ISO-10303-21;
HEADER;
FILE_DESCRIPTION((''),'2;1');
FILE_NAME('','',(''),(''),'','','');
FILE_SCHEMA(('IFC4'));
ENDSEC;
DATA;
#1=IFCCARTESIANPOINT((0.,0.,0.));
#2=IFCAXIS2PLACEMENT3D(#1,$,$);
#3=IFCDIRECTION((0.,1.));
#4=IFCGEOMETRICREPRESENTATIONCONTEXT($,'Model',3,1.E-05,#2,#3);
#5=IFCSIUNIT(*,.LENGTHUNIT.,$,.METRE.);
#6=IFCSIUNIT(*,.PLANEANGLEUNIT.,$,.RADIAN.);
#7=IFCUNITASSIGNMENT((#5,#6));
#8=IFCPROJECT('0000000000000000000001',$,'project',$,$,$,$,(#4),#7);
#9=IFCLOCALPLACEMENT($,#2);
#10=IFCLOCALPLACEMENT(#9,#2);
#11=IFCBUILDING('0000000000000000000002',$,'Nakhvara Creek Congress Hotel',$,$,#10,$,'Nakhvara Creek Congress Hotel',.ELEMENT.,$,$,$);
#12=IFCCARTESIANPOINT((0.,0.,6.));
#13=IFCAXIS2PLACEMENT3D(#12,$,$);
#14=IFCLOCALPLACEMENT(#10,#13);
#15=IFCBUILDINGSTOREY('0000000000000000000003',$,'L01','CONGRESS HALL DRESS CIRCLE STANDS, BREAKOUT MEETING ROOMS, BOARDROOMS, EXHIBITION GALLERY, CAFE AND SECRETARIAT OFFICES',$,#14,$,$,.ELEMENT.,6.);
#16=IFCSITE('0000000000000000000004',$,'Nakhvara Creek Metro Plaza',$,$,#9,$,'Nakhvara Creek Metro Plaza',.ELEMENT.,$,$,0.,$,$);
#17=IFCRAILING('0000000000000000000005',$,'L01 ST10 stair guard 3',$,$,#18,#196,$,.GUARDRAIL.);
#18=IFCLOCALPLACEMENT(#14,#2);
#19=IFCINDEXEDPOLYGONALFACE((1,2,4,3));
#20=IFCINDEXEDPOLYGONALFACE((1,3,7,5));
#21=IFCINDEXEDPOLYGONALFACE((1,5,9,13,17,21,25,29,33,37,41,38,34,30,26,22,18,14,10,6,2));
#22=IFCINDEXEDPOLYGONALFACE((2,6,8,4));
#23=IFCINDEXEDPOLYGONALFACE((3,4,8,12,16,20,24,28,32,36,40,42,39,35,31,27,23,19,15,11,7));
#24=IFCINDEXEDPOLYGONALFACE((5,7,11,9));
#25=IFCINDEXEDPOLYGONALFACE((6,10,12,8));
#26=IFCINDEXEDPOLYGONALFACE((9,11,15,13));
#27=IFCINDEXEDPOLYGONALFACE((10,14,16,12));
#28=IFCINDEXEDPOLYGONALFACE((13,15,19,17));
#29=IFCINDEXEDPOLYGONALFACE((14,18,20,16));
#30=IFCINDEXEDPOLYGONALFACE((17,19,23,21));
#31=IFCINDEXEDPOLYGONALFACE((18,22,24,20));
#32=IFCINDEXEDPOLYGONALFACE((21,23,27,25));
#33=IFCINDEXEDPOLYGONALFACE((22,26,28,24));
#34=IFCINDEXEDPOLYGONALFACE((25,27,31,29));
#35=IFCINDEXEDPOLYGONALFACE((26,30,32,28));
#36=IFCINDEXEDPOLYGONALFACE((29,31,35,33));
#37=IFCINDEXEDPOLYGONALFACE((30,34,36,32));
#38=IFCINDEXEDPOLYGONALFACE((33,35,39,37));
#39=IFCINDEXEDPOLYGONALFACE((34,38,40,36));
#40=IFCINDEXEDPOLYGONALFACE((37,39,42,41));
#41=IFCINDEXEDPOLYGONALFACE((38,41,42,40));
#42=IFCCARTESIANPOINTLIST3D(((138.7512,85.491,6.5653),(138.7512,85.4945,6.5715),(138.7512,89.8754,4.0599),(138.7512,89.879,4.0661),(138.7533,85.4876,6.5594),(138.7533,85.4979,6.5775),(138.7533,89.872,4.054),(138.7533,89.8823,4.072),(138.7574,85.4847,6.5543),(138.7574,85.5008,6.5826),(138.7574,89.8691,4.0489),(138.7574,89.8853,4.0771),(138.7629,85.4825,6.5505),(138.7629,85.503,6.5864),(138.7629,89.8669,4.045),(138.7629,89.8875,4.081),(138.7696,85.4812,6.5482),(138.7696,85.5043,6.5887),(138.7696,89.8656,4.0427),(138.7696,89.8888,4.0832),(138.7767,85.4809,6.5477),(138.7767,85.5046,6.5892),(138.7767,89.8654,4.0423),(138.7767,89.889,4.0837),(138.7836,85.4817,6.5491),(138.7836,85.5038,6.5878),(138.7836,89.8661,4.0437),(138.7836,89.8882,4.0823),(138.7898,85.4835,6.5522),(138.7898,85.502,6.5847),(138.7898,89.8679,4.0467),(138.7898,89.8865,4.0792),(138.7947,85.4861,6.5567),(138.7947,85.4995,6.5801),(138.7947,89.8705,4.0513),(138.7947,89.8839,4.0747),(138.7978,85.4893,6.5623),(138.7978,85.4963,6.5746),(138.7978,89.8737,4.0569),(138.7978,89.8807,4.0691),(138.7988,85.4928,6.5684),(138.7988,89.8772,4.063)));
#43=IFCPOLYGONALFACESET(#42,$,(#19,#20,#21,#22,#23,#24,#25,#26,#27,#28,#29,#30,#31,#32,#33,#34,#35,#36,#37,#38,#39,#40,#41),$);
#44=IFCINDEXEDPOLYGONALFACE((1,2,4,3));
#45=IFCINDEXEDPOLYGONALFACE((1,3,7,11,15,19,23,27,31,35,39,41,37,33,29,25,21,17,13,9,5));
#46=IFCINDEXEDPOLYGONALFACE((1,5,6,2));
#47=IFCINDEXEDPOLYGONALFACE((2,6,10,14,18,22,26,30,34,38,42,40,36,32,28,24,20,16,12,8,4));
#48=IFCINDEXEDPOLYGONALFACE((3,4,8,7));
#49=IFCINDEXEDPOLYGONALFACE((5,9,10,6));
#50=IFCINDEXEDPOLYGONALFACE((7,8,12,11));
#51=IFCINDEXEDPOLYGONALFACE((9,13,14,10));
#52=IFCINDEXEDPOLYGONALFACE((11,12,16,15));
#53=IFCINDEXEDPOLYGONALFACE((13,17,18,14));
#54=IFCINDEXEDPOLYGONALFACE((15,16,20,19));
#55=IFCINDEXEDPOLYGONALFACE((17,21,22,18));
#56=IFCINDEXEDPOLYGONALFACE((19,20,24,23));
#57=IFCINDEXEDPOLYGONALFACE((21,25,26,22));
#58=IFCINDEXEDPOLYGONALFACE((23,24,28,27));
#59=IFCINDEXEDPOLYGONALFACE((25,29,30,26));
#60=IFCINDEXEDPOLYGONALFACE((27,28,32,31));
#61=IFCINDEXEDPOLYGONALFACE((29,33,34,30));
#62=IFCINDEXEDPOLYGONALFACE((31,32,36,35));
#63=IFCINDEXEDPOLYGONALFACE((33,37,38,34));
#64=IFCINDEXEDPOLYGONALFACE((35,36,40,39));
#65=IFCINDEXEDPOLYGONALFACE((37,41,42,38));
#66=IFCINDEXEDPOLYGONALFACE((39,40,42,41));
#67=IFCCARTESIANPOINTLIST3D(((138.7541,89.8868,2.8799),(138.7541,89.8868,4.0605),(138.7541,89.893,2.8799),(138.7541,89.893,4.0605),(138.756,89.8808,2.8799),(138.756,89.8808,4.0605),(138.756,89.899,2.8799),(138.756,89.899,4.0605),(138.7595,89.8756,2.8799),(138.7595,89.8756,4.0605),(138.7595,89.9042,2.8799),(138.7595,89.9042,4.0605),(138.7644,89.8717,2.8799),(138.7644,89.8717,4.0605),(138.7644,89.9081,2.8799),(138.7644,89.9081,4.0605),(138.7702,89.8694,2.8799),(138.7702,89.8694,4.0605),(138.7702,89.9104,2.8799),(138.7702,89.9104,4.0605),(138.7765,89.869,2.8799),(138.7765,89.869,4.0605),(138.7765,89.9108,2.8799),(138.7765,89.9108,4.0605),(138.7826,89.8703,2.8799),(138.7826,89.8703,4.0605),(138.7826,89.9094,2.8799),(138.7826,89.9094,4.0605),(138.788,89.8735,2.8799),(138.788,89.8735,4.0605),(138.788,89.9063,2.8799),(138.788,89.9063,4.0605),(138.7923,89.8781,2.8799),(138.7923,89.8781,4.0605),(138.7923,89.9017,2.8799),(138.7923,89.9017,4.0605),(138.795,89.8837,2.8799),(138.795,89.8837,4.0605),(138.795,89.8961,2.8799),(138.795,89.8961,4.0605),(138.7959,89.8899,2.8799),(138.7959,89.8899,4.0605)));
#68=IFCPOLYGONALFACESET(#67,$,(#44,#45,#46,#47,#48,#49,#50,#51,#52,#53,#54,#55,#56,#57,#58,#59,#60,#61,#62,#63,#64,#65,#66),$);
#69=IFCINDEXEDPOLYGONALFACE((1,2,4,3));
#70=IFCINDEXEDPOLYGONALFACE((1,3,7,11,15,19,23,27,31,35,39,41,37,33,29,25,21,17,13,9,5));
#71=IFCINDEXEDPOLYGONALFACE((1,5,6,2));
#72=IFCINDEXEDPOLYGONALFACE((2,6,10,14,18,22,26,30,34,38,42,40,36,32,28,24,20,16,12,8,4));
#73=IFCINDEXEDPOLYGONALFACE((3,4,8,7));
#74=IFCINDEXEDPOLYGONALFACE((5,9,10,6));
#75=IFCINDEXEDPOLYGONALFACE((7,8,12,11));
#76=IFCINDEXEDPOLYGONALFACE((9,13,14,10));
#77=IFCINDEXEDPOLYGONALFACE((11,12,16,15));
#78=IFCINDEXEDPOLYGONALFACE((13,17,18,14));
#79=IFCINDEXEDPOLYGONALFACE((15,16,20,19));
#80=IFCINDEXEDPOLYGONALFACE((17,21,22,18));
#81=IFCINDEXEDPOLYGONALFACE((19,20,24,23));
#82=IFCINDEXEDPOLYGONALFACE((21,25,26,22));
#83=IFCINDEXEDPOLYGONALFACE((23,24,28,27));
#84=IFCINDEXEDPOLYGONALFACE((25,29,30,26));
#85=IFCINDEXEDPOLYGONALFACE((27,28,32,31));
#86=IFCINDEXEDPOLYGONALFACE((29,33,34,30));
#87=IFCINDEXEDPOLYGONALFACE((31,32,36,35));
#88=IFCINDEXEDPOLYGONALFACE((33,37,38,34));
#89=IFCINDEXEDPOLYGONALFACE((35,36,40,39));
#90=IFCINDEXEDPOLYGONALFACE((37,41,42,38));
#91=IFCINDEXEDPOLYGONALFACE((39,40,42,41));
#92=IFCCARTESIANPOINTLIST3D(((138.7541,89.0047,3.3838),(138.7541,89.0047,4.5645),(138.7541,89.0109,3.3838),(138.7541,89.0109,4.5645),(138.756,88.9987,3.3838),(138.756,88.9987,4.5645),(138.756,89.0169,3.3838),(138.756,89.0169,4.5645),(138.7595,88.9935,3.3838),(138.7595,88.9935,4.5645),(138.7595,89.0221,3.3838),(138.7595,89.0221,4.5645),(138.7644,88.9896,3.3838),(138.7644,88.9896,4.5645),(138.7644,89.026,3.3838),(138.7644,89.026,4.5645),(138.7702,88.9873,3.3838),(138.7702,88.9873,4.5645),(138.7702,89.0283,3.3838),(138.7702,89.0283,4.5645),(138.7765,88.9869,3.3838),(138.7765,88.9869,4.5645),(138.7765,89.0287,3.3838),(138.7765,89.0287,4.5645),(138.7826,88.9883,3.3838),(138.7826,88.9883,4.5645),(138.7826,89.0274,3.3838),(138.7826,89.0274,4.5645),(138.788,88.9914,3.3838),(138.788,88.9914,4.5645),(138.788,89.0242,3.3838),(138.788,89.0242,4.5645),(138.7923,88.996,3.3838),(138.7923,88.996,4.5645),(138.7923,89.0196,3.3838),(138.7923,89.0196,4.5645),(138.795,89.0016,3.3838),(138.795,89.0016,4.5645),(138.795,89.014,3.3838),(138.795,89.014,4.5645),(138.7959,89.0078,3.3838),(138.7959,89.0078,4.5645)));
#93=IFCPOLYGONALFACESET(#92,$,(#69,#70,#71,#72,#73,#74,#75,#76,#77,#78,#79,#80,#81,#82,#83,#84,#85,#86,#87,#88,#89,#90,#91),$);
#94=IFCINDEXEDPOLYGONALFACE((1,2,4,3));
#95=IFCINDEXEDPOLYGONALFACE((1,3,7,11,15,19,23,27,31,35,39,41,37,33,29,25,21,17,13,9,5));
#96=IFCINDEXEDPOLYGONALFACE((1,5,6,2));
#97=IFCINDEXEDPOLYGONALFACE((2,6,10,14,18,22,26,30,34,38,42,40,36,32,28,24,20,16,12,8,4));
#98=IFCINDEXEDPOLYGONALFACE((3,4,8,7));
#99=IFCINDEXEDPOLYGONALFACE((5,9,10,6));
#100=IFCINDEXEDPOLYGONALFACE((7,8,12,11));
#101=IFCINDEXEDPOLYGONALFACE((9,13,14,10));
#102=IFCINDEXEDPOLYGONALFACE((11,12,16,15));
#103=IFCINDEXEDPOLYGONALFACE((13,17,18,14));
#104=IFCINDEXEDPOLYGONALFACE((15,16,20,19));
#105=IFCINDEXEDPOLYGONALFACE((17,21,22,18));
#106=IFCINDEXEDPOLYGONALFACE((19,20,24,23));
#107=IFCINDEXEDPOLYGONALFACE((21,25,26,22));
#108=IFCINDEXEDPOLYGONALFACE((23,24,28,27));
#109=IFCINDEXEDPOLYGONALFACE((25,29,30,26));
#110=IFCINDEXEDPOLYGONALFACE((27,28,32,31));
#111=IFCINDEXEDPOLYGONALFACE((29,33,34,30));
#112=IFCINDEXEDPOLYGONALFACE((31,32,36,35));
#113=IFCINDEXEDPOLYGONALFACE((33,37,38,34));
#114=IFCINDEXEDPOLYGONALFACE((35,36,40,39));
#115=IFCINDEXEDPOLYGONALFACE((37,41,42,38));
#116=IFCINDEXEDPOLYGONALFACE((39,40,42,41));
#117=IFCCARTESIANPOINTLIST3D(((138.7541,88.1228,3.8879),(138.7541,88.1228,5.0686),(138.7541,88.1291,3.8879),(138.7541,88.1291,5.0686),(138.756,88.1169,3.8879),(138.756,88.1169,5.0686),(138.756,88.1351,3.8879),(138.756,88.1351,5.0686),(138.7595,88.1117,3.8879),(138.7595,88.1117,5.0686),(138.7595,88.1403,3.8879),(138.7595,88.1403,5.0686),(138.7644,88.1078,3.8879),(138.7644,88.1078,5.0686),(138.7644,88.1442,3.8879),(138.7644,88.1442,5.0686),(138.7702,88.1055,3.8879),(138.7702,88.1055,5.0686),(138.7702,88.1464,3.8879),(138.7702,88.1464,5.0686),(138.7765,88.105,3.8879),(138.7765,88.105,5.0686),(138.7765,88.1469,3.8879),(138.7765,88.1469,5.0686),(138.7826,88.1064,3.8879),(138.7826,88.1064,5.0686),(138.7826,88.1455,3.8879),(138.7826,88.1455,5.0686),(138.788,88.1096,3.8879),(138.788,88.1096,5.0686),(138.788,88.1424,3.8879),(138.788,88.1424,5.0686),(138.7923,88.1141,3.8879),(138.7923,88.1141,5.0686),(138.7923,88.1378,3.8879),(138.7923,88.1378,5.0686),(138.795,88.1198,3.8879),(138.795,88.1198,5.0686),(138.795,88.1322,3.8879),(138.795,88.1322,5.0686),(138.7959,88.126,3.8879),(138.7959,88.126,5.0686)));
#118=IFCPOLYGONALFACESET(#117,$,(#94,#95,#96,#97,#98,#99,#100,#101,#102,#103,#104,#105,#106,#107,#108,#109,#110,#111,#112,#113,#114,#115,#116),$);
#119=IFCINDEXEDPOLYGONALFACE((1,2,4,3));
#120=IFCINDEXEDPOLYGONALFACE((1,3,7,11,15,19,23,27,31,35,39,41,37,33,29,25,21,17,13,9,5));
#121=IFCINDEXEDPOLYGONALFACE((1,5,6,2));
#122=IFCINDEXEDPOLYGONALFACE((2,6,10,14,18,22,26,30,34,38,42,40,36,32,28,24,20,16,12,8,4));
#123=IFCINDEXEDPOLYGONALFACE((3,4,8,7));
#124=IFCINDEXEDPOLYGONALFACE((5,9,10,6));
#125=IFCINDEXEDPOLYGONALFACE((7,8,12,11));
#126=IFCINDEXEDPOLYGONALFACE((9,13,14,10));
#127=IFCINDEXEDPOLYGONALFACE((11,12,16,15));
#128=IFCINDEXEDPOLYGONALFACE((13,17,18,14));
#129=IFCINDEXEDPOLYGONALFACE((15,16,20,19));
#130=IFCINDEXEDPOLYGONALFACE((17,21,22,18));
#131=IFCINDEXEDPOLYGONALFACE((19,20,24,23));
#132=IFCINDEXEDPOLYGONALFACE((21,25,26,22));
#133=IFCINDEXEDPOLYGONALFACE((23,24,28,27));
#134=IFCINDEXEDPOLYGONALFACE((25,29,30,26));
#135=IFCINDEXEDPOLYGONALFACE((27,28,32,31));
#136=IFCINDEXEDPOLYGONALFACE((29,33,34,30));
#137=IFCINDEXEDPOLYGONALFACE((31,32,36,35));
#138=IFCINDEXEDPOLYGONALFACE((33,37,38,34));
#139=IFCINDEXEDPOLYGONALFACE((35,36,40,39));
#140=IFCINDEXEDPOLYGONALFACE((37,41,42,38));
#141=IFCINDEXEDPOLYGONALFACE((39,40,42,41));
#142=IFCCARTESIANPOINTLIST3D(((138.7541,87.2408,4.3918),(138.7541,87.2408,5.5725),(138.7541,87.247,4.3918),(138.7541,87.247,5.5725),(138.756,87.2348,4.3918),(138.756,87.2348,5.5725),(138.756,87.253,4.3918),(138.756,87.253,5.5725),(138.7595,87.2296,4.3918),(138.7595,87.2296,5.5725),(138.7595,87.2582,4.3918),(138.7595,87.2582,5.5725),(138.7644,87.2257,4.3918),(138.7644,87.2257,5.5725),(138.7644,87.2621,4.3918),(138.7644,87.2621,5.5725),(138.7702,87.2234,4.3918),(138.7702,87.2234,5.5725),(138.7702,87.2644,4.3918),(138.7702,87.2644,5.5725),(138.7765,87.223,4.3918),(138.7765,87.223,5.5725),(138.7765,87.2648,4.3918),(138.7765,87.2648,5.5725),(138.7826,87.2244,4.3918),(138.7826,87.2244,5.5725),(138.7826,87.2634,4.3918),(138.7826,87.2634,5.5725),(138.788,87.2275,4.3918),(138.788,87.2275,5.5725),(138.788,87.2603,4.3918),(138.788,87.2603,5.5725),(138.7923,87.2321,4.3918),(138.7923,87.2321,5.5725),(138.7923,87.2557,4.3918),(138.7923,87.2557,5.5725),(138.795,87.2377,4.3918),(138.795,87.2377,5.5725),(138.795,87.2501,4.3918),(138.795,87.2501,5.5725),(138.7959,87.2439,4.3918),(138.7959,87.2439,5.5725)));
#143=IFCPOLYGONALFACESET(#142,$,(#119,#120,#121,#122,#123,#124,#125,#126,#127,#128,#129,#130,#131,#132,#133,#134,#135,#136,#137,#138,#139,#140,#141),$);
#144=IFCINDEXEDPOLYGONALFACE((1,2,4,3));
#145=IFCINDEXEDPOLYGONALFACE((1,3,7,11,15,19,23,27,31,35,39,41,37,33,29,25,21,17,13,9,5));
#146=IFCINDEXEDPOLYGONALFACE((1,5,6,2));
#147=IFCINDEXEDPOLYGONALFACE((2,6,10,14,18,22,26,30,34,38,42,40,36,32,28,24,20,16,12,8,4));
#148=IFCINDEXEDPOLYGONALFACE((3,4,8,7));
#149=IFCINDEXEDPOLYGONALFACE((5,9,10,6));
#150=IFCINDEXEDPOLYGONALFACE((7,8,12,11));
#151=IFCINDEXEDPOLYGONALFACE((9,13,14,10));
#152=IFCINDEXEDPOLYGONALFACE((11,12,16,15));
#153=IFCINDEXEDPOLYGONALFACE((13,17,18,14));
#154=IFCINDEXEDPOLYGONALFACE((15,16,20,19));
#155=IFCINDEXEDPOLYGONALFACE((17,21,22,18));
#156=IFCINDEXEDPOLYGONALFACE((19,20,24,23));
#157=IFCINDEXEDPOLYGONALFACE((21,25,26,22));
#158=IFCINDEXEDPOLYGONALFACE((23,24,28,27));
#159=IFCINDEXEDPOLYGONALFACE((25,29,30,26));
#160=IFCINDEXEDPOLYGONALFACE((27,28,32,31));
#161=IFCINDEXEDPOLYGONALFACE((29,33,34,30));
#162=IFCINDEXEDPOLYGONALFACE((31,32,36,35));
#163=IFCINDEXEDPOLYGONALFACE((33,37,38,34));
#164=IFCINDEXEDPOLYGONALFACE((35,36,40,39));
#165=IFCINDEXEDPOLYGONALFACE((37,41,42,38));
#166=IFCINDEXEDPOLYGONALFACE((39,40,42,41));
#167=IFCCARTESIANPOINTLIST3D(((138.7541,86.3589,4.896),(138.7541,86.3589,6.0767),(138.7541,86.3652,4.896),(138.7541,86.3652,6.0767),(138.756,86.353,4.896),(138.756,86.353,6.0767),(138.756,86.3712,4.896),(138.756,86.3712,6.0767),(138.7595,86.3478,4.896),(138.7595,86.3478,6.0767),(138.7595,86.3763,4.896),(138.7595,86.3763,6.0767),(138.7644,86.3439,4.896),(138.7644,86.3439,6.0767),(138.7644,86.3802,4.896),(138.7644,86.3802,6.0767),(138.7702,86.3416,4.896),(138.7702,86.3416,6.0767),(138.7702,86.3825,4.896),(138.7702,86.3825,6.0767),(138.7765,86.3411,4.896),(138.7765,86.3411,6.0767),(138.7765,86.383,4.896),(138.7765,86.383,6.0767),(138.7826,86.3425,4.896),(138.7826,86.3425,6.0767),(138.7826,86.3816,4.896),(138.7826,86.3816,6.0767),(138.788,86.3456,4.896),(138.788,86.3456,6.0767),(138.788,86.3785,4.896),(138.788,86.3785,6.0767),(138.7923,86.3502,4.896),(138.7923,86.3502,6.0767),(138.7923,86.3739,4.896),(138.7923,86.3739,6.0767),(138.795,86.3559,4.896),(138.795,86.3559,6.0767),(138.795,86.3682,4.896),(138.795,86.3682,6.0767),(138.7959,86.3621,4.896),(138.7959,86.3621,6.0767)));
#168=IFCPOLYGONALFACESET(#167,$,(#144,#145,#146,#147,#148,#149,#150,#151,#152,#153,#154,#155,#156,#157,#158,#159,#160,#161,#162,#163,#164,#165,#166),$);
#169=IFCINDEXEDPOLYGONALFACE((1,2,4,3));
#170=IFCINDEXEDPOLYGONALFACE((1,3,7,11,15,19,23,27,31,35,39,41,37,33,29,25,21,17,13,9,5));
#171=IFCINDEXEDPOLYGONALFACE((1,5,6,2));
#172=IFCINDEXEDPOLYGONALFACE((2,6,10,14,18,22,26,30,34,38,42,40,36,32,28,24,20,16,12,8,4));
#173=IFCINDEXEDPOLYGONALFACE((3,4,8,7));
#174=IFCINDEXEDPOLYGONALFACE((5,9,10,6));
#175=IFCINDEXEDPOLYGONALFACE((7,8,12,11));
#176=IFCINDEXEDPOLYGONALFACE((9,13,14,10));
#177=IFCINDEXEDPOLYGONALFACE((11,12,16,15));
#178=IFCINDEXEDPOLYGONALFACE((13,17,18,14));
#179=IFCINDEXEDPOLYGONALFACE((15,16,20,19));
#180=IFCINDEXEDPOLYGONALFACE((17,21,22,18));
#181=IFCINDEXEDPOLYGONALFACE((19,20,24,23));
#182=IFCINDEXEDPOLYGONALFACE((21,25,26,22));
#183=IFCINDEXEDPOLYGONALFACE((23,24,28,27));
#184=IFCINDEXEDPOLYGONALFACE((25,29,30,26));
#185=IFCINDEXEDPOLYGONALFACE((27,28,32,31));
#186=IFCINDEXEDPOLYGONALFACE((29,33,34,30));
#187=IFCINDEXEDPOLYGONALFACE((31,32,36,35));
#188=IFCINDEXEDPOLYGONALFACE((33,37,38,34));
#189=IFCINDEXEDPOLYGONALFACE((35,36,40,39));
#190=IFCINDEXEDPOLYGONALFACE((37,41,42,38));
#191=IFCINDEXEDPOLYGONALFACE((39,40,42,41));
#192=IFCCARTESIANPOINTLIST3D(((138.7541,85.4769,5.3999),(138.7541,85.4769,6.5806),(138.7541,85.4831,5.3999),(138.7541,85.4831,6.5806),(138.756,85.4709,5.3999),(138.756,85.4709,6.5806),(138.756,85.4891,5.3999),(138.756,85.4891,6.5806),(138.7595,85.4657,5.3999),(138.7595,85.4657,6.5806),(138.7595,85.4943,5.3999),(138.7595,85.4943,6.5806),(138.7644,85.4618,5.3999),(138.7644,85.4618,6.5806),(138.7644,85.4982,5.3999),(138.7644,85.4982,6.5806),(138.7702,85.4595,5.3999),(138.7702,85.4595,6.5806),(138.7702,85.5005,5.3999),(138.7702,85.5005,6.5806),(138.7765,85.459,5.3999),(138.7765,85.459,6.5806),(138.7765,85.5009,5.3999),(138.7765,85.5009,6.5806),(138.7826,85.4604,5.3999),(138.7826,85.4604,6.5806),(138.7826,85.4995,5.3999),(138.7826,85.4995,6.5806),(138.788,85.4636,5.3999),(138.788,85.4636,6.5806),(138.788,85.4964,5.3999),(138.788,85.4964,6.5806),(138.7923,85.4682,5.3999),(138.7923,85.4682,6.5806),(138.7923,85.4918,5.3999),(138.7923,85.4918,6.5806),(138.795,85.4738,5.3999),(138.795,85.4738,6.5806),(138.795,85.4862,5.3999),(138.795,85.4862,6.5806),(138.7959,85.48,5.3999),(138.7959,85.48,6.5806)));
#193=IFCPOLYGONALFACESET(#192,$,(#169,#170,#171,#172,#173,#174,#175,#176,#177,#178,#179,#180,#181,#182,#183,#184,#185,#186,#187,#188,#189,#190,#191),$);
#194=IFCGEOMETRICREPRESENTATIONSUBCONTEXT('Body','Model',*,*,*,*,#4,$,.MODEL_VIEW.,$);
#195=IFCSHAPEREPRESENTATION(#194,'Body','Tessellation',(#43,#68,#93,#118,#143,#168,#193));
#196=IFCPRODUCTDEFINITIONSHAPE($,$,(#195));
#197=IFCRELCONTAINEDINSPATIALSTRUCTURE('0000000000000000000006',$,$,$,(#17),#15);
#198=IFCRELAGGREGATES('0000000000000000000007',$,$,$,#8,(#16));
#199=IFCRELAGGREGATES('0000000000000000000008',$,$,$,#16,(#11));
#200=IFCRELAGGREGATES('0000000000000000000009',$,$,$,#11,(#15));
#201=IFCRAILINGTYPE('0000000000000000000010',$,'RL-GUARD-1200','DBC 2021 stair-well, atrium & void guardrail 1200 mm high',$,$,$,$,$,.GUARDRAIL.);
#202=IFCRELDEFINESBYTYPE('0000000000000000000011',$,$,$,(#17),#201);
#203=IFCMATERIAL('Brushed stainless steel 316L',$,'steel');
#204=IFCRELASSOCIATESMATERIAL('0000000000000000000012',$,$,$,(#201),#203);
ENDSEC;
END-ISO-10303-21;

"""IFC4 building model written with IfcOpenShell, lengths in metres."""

from ifc_helpers import new_model, si_unit, direction, frame, origin, origin_2d, place, context, subcontext, project, spatial, circle, extrude, material, type_object, element, save


model = new_model("IFC4")

# Units and contexts
model_context = context("Model", 3, precision=1e-05, world=origin(), true_north=direction((0.0, 1.0)))
body_context = subcontext(model_context, "Body", "Model", "MODEL_VIEW")
ifc_project = project(units=[si_unit("LENGTHUNIT", "METRE"), si_unit("PLANEANGLEUNIT", "RADIAN")], contexts=[model_context])

# Site, building, storey
site_placement = place(None, origin())
site = spatial("IfcSite", under=ifc_project, at=site_placement, Name="Nakhvara Creek Metro Plaza", LongName="Nakhvara Creek Metro Plaza", CompositionType="ELEMENT", RefElevation=0.0)
building_placement = place(site_placement, origin())
building = spatial("IfcBuilding", under=site, at=building_placement, Name="Nakhvara Creek Congress Hotel", LongName="Nakhvara Creek Congress Hotel", CompositionType="ELEMENT")
storey_placement = place(building_placement, frame((0.0, 0.0, 6.0)))
storey = spatial("IfcBuildingStorey", under=building, at=storey_placement, Name="L01", Description="CONGRESS HALL DRESS CIRCLE STANDS, BREAKOUT MEETING ROOMS, BOARDROOMS, EXHIBITION GALLERY, CAFE AND SECRETARIAT OFFICES", CompositionType="ELEMENT", Elevation=6.0)

# Railing
ifc_material_1 = material(Name="Brushed stainless steel 316L", Category="steel")
railing_type_1 = type_object("IfcRailingType", Name="RL-GUARD-1200", Description="DBC 2021 stair-well, atrium & void guardrail 1200 mm high", PredefinedType="GUARDRAIL", material=ifc_material_1)
railing_1_placement = place(storey_placement, frame((138.7749, 89.8899, 2.8799)))
element("IfcRailing", 1, at=railing_1_placement, inside=storey, type_object=railing_type_1, Name="L01 ST10 stair guard 3", PredefinedType="GUARDRAIL", context=body_context, shape_type="SweptSolid", body=[
    extrude(circle(Radius=0.0239, at=origin_2d()), frame((0.0, -0.0127, 1.1831), z_axis=(0.0, -0.868237, 0.496149), x_axis=(1.0, 0.0, 0.0)), (0.0, 0.0, 1.0), 5.0498),
    extrude(circle(Radius=0.021, at=origin_2d()), origin(), (0.0, 0.0, 1.0), 1.1807),
    extrude(circle(Radius=0.021, at=origin_2d()), frame((0.0, -0.8821, 0.5039)), (0.0, 0.0, 1.0), 1.1807),
    extrude(circle(Radius=0.021, at=origin_2d()), frame((0.0, -1.7639, 1.0081)), (0.0, 0.0, 1.0), 1.1807),
    extrude(circle(Radius=0.021, at=origin_2d()), frame((0.0, -2.646, 1.512)), (0.0, 0.0, 1.0), 1.1807),
    extrude(circle(Radius=0.021, at=origin_2d()), frame((0.0, -3.5278, 2.0161)), (0.0, 0.0, 1.0), 1.1807),
    extrude(circle(Radius=0.021, at=origin_2d()), frame((0.0, -4.4099, 2.52)), (0.0, 0.0, 1.0), 1.1807),
])

save(model, "model.ifc")
